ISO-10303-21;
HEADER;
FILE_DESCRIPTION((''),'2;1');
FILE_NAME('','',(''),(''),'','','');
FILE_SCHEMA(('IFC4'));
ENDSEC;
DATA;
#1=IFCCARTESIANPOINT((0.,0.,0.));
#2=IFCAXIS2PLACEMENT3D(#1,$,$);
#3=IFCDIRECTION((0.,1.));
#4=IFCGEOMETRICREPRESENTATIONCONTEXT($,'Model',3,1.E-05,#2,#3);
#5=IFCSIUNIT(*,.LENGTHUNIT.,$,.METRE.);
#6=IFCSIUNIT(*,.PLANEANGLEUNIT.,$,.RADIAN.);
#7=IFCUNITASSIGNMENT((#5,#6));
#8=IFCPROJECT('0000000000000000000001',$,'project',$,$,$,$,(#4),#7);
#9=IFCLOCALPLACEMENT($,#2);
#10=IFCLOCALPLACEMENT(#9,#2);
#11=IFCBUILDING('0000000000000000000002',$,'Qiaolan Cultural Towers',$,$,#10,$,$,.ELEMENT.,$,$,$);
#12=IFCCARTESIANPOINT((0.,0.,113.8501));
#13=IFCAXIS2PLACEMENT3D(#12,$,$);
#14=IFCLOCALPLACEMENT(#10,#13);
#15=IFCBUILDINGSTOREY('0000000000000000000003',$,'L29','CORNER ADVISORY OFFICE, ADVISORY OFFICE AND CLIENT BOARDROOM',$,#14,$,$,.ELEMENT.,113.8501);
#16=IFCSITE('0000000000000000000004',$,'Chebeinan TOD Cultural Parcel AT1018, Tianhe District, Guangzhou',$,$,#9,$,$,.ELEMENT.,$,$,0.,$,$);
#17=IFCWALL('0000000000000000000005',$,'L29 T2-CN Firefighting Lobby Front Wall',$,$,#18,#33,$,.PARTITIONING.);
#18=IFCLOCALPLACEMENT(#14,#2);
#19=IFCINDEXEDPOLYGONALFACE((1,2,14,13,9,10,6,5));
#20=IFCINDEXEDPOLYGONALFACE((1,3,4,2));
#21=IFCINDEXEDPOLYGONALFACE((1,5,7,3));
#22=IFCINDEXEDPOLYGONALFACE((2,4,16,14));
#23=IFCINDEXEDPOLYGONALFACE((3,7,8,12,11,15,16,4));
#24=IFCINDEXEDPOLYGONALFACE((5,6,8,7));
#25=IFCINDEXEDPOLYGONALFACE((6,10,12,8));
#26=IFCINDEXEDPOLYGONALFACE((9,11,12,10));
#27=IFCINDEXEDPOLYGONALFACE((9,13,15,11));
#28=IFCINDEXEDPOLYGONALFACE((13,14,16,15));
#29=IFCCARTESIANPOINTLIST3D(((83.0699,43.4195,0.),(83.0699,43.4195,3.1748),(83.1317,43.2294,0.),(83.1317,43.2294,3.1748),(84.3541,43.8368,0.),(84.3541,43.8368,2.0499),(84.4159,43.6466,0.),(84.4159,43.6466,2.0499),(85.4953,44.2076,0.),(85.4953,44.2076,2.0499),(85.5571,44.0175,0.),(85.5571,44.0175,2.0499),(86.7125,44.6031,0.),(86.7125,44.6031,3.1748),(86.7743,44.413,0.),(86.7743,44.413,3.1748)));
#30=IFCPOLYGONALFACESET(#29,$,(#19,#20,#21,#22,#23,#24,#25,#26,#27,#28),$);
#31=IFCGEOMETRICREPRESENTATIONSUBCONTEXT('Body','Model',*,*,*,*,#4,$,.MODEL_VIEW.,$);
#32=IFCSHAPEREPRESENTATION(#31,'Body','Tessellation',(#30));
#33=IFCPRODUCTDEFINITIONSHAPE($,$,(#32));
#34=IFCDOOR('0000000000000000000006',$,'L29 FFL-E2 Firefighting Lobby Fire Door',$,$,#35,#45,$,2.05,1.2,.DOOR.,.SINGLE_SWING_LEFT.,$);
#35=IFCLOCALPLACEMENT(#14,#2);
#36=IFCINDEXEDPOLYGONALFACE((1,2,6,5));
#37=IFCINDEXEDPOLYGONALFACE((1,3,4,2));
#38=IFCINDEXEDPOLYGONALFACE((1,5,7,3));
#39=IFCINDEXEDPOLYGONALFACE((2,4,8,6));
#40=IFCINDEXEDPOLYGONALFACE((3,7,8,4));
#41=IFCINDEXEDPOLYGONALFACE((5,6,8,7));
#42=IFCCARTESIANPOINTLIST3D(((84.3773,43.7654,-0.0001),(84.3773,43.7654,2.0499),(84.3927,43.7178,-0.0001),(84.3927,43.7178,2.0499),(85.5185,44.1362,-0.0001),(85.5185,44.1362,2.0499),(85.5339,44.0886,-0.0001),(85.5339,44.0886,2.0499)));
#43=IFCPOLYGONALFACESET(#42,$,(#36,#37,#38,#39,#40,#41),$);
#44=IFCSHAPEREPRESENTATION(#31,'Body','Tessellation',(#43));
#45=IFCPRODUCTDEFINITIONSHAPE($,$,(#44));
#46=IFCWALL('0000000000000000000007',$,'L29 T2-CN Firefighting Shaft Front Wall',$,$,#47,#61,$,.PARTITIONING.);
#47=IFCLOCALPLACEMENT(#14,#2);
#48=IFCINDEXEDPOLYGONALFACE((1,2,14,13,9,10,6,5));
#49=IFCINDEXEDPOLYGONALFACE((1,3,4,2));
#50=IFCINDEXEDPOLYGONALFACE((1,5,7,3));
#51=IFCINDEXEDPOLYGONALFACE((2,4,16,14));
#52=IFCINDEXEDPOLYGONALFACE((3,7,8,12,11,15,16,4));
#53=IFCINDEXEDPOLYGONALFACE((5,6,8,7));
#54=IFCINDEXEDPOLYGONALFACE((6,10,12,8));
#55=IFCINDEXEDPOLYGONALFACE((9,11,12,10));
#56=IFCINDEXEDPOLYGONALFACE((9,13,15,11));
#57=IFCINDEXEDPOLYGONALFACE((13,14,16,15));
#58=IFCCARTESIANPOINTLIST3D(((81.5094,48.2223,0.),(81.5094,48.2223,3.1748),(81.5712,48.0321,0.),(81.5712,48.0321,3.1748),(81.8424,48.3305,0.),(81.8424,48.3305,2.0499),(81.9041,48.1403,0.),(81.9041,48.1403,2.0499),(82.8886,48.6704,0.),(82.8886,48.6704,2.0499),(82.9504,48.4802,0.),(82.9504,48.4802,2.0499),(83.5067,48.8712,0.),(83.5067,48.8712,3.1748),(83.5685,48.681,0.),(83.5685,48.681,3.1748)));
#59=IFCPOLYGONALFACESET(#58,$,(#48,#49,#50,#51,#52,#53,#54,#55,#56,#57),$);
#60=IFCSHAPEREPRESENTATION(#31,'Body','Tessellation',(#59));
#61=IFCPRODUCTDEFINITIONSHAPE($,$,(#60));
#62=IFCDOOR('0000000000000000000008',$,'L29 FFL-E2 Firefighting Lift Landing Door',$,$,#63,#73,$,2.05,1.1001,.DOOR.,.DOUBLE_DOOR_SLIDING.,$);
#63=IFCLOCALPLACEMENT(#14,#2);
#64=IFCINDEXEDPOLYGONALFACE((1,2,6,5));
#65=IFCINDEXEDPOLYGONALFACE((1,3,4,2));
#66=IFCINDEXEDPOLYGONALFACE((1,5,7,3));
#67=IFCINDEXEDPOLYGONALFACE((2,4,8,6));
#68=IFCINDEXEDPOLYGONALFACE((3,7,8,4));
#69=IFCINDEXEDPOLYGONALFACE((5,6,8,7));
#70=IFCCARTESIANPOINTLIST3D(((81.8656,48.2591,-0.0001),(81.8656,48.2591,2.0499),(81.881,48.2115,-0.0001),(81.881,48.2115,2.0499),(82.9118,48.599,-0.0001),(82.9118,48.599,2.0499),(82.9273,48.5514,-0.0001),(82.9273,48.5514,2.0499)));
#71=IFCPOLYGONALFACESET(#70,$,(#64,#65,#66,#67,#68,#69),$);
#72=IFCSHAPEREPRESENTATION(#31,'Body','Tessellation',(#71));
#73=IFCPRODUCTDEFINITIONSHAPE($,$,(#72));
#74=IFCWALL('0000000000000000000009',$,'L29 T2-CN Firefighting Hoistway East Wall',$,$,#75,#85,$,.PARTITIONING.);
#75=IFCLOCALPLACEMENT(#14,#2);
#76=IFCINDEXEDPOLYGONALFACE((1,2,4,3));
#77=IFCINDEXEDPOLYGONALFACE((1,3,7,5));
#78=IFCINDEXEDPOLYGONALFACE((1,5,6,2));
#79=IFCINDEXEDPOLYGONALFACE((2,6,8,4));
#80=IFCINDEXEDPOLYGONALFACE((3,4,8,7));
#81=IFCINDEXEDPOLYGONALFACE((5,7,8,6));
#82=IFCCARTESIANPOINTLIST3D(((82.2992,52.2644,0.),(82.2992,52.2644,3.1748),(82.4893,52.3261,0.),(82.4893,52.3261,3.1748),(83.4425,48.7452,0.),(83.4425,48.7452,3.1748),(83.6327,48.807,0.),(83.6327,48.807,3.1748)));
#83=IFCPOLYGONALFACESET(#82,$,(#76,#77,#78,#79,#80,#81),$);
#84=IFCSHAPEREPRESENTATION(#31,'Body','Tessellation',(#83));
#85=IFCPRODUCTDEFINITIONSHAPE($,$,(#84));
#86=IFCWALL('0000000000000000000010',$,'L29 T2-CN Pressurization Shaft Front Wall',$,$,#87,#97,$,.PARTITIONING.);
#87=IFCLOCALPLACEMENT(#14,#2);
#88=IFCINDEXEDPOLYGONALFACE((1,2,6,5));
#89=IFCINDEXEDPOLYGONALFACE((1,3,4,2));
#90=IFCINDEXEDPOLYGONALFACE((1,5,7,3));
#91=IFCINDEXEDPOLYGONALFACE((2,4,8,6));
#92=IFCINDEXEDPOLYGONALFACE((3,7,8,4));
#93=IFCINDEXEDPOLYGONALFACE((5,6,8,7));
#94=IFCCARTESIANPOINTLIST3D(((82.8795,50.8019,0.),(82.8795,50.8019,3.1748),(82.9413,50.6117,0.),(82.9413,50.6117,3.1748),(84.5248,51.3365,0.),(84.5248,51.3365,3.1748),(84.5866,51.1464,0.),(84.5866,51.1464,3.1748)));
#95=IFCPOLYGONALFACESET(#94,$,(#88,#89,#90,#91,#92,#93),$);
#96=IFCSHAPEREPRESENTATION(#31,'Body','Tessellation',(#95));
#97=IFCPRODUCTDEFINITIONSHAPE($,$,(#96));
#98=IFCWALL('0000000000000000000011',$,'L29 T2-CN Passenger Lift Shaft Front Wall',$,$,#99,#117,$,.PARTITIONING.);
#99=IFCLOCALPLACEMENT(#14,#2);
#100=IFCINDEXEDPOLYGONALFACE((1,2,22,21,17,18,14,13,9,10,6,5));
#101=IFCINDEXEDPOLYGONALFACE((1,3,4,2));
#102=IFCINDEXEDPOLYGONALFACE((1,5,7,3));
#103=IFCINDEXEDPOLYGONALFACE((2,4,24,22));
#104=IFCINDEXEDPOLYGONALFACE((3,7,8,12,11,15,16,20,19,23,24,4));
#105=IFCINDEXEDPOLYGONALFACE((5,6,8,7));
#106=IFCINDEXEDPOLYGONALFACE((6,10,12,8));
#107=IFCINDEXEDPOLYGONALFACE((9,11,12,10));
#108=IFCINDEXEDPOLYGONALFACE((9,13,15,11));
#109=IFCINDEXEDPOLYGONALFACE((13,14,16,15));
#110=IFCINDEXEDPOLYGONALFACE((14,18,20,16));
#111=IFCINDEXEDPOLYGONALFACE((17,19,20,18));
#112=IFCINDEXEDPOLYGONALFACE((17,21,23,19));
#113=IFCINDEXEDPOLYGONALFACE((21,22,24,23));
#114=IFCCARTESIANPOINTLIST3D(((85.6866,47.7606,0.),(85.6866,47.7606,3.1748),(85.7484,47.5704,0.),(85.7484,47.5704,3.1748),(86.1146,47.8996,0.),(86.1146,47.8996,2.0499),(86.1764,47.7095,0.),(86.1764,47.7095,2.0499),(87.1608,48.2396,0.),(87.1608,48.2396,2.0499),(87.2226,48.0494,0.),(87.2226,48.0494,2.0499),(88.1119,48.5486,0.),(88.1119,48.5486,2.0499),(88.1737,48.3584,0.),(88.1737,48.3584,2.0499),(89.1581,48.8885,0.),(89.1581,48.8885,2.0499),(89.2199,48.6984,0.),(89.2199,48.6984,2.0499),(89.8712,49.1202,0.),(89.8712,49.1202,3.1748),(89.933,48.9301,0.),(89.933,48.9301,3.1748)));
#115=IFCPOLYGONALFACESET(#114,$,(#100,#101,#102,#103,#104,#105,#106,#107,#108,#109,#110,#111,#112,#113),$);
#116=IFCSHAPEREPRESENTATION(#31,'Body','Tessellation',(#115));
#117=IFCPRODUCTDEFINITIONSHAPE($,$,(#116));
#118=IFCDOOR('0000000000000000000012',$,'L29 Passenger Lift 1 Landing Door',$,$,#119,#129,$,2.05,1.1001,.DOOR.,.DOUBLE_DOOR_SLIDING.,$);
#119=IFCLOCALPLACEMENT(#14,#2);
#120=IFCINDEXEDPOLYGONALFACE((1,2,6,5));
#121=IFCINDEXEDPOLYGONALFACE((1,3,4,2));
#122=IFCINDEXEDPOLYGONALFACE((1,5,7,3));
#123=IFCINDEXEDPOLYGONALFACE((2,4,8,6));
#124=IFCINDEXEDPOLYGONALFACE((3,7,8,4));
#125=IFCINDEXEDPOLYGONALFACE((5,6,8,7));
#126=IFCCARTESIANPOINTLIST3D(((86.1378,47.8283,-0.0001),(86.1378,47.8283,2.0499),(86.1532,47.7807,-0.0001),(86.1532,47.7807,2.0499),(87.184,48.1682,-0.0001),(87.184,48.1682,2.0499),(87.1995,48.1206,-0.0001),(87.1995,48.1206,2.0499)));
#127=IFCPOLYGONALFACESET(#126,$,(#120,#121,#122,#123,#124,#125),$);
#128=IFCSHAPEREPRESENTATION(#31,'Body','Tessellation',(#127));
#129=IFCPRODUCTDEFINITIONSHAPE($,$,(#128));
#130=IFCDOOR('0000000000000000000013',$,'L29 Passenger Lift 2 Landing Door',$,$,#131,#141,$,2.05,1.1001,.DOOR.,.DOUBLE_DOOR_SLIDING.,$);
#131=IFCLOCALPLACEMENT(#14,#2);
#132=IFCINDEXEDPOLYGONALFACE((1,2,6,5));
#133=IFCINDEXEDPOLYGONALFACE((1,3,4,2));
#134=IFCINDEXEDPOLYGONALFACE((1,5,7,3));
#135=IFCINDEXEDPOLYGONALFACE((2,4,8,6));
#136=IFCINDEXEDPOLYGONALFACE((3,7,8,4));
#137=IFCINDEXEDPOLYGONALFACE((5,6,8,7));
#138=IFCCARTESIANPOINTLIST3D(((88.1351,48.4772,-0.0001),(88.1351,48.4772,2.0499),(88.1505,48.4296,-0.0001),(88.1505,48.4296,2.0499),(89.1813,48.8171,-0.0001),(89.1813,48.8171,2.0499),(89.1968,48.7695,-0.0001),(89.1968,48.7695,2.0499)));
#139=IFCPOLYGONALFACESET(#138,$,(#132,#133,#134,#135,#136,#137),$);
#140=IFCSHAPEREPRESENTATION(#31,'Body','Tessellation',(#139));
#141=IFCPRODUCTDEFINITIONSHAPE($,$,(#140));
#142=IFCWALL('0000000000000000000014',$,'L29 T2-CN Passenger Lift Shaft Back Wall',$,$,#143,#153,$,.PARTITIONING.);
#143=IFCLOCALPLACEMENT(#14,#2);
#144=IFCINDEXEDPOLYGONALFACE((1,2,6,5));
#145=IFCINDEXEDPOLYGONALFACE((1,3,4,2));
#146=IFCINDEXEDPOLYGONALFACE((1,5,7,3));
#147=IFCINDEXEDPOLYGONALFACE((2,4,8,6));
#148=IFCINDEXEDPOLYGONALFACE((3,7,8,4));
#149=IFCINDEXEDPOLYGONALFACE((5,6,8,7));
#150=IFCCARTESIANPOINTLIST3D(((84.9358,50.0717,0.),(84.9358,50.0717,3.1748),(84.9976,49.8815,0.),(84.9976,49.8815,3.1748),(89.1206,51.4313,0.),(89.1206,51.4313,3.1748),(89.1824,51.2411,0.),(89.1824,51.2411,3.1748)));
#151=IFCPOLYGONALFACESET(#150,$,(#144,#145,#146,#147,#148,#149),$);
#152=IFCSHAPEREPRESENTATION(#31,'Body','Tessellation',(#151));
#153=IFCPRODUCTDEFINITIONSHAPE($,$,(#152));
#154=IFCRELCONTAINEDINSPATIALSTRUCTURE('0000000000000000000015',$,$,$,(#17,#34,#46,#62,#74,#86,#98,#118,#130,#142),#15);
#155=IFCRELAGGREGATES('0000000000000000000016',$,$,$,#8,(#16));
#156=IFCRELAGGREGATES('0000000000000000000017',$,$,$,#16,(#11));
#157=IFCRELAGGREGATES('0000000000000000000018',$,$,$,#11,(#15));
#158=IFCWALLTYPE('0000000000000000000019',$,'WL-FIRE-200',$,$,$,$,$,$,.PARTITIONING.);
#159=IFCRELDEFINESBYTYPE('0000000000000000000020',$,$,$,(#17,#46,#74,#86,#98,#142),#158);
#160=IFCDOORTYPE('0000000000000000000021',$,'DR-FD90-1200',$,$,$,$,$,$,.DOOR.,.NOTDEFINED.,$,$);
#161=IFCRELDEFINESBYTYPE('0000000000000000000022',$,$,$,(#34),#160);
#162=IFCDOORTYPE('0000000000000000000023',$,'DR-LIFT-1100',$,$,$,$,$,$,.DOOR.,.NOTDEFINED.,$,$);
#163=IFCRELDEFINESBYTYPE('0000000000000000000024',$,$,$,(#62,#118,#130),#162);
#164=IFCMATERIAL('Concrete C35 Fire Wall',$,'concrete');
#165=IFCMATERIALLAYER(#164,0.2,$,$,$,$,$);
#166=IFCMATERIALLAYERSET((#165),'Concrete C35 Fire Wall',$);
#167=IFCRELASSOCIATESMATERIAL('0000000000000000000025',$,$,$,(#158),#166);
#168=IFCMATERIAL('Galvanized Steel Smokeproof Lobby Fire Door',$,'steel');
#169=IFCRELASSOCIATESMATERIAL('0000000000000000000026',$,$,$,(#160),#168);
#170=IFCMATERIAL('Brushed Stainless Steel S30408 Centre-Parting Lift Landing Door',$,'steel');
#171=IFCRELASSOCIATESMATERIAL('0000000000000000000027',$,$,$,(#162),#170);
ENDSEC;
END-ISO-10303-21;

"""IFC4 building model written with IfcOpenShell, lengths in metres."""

from ifc_helpers import new_model, si_unit, direction, frame, frame_2d, origin, place, context, subcontext, project, spatial, rectangle, extrude, material, layer, layer_set, type_object, element, fill, save


model = new_model("IFC4")

# Units and contexts
model_context = context("Model", 3, precision=1e-05, world=origin(), true_north=direction((0.0, 1.0)))
body_context = subcontext(model_context, "Body", "Model", "MODEL_VIEW")
ifc_project = project(units=[si_unit("LENGTHUNIT", "METRE"), si_unit("PLANEANGLEUNIT", "RADIAN")], contexts=[model_context])

# Site, building, storey
site_placement = place(None, origin())
site = spatial("IfcSite", under=ifc_project, at=site_placement, Name="Chebeinan TOD Cultural Parcel AT1018, Tianhe District, Guangzhou", CompositionType="ELEMENT", RefElevation=0.0)
building_placement = place(site_placement, origin())
building = spatial("IfcBuilding", under=site, at=building_placement, Name="Qiaolan Cultural Towers", CompositionType="ELEMENT")
storey_placement = place(building_placement, frame((0.0, 0.0, 113.8501)))
storey = spatial("IfcBuildingStorey", under=building, at=storey_placement, Name="L29", Description="CORNER ADVISORY OFFICE, ADVISORY OFFICE AND CLIENT BOARDROOM", CompositionType="ELEMENT", Elevation=113.8501)

# Shared definitions
ifc_material_1 = material(Name="Concrete C35 Fire Wall", Category="concrete")
ifc_layer_1 = layer(ifc_material_1, 0.2)
ifc_layer_set_1 = layer_set([ifc_layer_1], Name="Concrete C35 Fire Wall")
wall_type_1 = type_object("IfcWallType", Name="WL-FIRE-200", PredefinedType="PARTITIONING", material=ifc_layer_set_1)

# Walls, openings, doors
wall_1_placement = place(storey_placement, frame((83.1008, 43.3245, 0.0), z_axis=(0.0, 0.0, 1.0), x_axis=(0.951053, 0.309028, 0.0)))
wall_1 = element("IfcWall", 1, at=wall_1_placement, inside=storey, type_object=wall_type_1, Name="L29 T2-CN Firefighting Lobby Front Wall", PredefinedType="PARTITIONING", context=body_context, shape_type="SweptSolid", body=[
    extrude(rectangle(XDim=3.8301, YDim=0.2, at=frame_2d((1.915, 0.0))), origin(), (0.0, 0.0, 1.0), 3.1748),
])
opening_1_placement = place(wall_1_placement, frame((1.3501, 0.0, 0.0)))
opening_1 = element("IfcOpeningElement", 2, at=opening_1_placement, cuts=wall_1, PredefinedType="OPENING", context=body_context, shape_type="SweptSolid", body=[
    extrude(rectangle(XDim=1.2, YDim=2.05, at=frame_2d((0.6001, 1.0249))), frame((0.0, 0.1099, 0.0), z_axis=(0.0, -1.0, 0.0), x_axis=(1.0, 0.0, 0.0)), (0.0, 0.0, 1.0), 0.22),
])
ifc_material_2 = material(Name="Galvanized Steel Smokeproof Lobby Fire Door", Category="steel")
door_type_1 = type_object("IfcDoorType", Name="DR-FD90-1200", OperationType="NOTDEFINED", PredefinedType="DOOR", material=ifc_material_2)
door_1_placement = place(opening_1_placement, origin())
door_1 = element("IfcDoor", 3, at=door_1_placement, inside=storey, type_object=door_type_1, Name="L29 FFL-E2 Firefighting Lobby Fire Door", OperationType="SINGLE_SWING_LEFT", OverallHeight=2.05, OverallWidth=1.2, PredefinedType="DOOR", context=body_context, shape_type="SweptSolid", body=[
    extrude(rectangle(XDim=1.2, YDim=2.05, at=frame_2d((0.6001, 1.0249))), frame((0.0, 0.0249, 0.0), z_axis=(0.0, -1.0, 0.0), x_axis=(1.0, 0.0, 0.0)), (0.0, 0.0, 1.0), 0.05),
])
fill(opening_1, door_1)
wall_2_placement = place(storey_placement, frame((81.5403, 48.1272, 0.0), z_axis=(0.0, 0.0, 1.0), x_axis=(0.951062, 0.308999, 0.0)))
wall_2 = element("IfcWall", 4, at=wall_2_placement, inside=storey, type_object=wall_type_1, Name="L29 T2-CN Firefighting Shaft Front Wall", PredefinedType="PARTITIONING", context=body_context, shape_type="SweptSolid", body=[
    extrude(rectangle(XDim=2.1001, YDim=0.2, at=frame_2d((1.05, 0.0))), origin(), (0.0, 0.0, 1.0), 3.1748),
])
opening_2_placement = place(wall_2_placement, frame((0.3501, 0.0, 0.0)))
opening_2 = element("IfcOpeningElement", 5, at=opening_2_placement, cuts=wall_2, PredefinedType="OPENING", context=body_context, shape_type="SweptSolid", body=[
    extrude(rectangle(XDim=1.1001, YDim=2.05, at=frame_2d((0.55, 1.0249))), frame((0.0, 0.1099, 0.0), z_axis=(0.0, -1.0, 0.0), x_axis=(1.0, 0.0, 0.0)), (0.0, 0.0, 1.0), 0.22),
])
ifc_material_3 = material(Name="Brushed Stainless Steel S30408 Centre-Parting Lift Landing Door", Category="steel")
door_type_2 = type_object("IfcDoorType", Name="DR-LIFT-1100", OperationType="NOTDEFINED", PredefinedType="DOOR", material=ifc_material_3)
door_2_placement = place(opening_2_placement, origin())
door_2 = element("IfcDoor", 6, at=door_2_placement, inside=storey, type_object=door_type_2, Name="L29 FFL-E2 Firefighting Lift Landing Door", OperationType="DOUBLE_DOOR_SLIDING", OverallHeight=2.05, OverallWidth=1.1001, PredefinedType="DOOR", context=body_context, shape_type="SweptSolid", body=[
    extrude(rectangle(XDim=1.1001, YDim=2.05, at=frame_2d((0.55, 1.0249))), frame((0.0, 0.0249, 0.0), z_axis=(0.0, -1.0, 0.0), x_axis=(1.0, 0.0, 0.0)), (0.0, 0.0, 1.0), 0.05),
])
fill(opening_2, door_2)

# Walls
wall_3_placement = place(storey_placement, frame((83.5376, 48.7761, 0.0), z_axis=(0.0, 0.0, 1.0), x_axis=(-0.308994, 0.951064, 0.0)))
element("IfcWall", 7, at=wall_3_placement, inside=storey, type_object=wall_type_1, Name="L29 T2-CN Firefighting Hoistway East Wall", PredefinedType="PARTITIONING", context=body_context, shape_type="SweptSolid", body=[
    extrude(rectangle(XDim=3.7002, YDim=0.2, at=frame_2d((1.8501, 0.0))), origin(), (0.0, 0.0, 1.0), 3.1748),
])
wall_4_placement = place(storey_placement, frame((82.9104, 50.7068, 0.0), z_axis=(0.0, 0.0, 1.0), x_axis=(0.951041, 0.309064, 0.0)))
element("IfcWall", 8, at=wall_4_placement, inside=storey, type_object=wall_type_1, Name="L29 T2-CN Pressurization Shaft Front Wall", PredefinedType="PARTITIONING", context=body_context, shape_type="SweptSolid", body=[
    extrude(rectangle(XDim=1.73, YDim=0.2, at=frame_2d((0.865, 0.0))), origin(), (0.0, 0.0, 1.0), 3.1748),
])

# Wall, openings, doors
wall_5_placement = place(storey_placement, frame((85.7175, 47.6655, 0.0), z_axis=(0.0, 0.0, 1.0), x_axis=(0.951059, 0.309011, 0.0)))
wall_5 = element("IfcWall", 9, at=wall_5_placement, inside=storey, type_object=wall_type_1, Name="L29 T2-CN Passenger Lift Shaft Front Wall", PredefinedType="PARTITIONING", context=body_context, shape_type="SweptSolid", body=[
    extrude(rectangle(XDim=4.3999, YDim=0.2, at=frame_2d((2.2, 0.0))), origin(), (0.0, 0.0, 1.0), 3.1748),
])
opening_3_placement = place(wall_5_placement, frame((0.45, 0.0, 0.0)))
opening_3 = element("IfcOpeningElement", 10, at=opening_3_placement, cuts=wall_5, PredefinedType="OPENING", context=body_context, shape_type="SweptSolid", body=[
    extrude(rectangle(XDim=1.1001, YDim=2.05, at=frame_2d((0.55, 1.0249))), frame((0.0, 0.1099, 0.0), z_axis=(0.0, -1.0, 0.0), x_axis=(1.0, 0.0, 0.0)), (0.0, 0.0, 1.0), 0.22),
])
opening_4_placement = place(wall_5_placement, frame((2.55, 0.0, 0.0)))
opening_4 = element("IfcOpeningElement", 11, at=opening_4_placement, cuts=wall_5, PredefinedType="OPENING", context=body_context, shape_type="SweptSolid", body=[
    extrude(rectangle(XDim=1.1001, YDim=2.05, at=frame_2d((0.55, 1.0249))), frame((0.0, 0.1099, 0.0), z_axis=(0.0, -1.0, 0.0), x_axis=(1.0, 0.0, 0.0)), (0.0, 0.0, 1.0), 0.22),
])
door_3_placement = place(opening_3_placement, origin())
door_3 = element("IfcDoor", 12, at=door_3_placement, inside=storey, type_object=door_type_2, Name="L29 Passenger Lift 1 Landing Door", OperationType="DOUBLE_DOOR_SLIDING", OverallHeight=2.05, OverallWidth=1.1001, PredefinedType="DOOR", context=body_context, shape_type="SweptSolid", body=[
    extrude(rectangle(XDim=1.1001, YDim=2.05, at=frame_2d((0.55, 1.0249))), frame((0.0, 0.0249, 0.0), z_axis=(0.0, -1.0, 0.0), x_axis=(1.0, 0.0, 0.0)), (0.0, 0.0, 1.0), 0.05),
])
fill(opening_3, door_3)
door_4_placement = place(opening_4_placement, origin())
door_4 = element("IfcDoor", 13, at=door_4_placement, inside=storey, type_object=door_type_2, Name="L29 Passenger Lift 2 Landing Door", OperationType="DOUBLE_DOOR_SLIDING", OverallHeight=2.05, OverallWidth=1.1001, PredefinedType="DOOR", context=body_context, shape_type="SweptSolid", body=[
    extrude(rectangle(XDim=1.1001, YDim=2.05, at=frame_2d((0.55, 1.0249))), frame((0.0, 0.0249, 0.0), z_axis=(0.0, -1.0, 0.0), x_axis=(1.0, 0.0, 0.0)), (0.0, 0.0, 1.0), 0.05),
])
fill(opening_4, door_4)

# Wall
wall_6_placement = place(storey_placement, frame((84.9666, 49.9766, 0.0), z_axis=(0.0, 0.0, 1.0), x_axis=(0.951064, 0.308994, 0.0)))
element("IfcWall", 14, at=wall_6_placement, inside=storey, type_object=wall_type_1, Name="L29 T2-CN Passenger Lift Shaft Back Wall", PredefinedType="PARTITIONING", context=body_context, shape_type="SweptSolid", body=[
    extrude(rectangle(XDim=4.4001, YDim=0.2, at=frame_2d((2.2002, 0.0))), origin(), (0.0, 0.0, 1.0), 3.1748),
])

save(model, "model.ifc")
